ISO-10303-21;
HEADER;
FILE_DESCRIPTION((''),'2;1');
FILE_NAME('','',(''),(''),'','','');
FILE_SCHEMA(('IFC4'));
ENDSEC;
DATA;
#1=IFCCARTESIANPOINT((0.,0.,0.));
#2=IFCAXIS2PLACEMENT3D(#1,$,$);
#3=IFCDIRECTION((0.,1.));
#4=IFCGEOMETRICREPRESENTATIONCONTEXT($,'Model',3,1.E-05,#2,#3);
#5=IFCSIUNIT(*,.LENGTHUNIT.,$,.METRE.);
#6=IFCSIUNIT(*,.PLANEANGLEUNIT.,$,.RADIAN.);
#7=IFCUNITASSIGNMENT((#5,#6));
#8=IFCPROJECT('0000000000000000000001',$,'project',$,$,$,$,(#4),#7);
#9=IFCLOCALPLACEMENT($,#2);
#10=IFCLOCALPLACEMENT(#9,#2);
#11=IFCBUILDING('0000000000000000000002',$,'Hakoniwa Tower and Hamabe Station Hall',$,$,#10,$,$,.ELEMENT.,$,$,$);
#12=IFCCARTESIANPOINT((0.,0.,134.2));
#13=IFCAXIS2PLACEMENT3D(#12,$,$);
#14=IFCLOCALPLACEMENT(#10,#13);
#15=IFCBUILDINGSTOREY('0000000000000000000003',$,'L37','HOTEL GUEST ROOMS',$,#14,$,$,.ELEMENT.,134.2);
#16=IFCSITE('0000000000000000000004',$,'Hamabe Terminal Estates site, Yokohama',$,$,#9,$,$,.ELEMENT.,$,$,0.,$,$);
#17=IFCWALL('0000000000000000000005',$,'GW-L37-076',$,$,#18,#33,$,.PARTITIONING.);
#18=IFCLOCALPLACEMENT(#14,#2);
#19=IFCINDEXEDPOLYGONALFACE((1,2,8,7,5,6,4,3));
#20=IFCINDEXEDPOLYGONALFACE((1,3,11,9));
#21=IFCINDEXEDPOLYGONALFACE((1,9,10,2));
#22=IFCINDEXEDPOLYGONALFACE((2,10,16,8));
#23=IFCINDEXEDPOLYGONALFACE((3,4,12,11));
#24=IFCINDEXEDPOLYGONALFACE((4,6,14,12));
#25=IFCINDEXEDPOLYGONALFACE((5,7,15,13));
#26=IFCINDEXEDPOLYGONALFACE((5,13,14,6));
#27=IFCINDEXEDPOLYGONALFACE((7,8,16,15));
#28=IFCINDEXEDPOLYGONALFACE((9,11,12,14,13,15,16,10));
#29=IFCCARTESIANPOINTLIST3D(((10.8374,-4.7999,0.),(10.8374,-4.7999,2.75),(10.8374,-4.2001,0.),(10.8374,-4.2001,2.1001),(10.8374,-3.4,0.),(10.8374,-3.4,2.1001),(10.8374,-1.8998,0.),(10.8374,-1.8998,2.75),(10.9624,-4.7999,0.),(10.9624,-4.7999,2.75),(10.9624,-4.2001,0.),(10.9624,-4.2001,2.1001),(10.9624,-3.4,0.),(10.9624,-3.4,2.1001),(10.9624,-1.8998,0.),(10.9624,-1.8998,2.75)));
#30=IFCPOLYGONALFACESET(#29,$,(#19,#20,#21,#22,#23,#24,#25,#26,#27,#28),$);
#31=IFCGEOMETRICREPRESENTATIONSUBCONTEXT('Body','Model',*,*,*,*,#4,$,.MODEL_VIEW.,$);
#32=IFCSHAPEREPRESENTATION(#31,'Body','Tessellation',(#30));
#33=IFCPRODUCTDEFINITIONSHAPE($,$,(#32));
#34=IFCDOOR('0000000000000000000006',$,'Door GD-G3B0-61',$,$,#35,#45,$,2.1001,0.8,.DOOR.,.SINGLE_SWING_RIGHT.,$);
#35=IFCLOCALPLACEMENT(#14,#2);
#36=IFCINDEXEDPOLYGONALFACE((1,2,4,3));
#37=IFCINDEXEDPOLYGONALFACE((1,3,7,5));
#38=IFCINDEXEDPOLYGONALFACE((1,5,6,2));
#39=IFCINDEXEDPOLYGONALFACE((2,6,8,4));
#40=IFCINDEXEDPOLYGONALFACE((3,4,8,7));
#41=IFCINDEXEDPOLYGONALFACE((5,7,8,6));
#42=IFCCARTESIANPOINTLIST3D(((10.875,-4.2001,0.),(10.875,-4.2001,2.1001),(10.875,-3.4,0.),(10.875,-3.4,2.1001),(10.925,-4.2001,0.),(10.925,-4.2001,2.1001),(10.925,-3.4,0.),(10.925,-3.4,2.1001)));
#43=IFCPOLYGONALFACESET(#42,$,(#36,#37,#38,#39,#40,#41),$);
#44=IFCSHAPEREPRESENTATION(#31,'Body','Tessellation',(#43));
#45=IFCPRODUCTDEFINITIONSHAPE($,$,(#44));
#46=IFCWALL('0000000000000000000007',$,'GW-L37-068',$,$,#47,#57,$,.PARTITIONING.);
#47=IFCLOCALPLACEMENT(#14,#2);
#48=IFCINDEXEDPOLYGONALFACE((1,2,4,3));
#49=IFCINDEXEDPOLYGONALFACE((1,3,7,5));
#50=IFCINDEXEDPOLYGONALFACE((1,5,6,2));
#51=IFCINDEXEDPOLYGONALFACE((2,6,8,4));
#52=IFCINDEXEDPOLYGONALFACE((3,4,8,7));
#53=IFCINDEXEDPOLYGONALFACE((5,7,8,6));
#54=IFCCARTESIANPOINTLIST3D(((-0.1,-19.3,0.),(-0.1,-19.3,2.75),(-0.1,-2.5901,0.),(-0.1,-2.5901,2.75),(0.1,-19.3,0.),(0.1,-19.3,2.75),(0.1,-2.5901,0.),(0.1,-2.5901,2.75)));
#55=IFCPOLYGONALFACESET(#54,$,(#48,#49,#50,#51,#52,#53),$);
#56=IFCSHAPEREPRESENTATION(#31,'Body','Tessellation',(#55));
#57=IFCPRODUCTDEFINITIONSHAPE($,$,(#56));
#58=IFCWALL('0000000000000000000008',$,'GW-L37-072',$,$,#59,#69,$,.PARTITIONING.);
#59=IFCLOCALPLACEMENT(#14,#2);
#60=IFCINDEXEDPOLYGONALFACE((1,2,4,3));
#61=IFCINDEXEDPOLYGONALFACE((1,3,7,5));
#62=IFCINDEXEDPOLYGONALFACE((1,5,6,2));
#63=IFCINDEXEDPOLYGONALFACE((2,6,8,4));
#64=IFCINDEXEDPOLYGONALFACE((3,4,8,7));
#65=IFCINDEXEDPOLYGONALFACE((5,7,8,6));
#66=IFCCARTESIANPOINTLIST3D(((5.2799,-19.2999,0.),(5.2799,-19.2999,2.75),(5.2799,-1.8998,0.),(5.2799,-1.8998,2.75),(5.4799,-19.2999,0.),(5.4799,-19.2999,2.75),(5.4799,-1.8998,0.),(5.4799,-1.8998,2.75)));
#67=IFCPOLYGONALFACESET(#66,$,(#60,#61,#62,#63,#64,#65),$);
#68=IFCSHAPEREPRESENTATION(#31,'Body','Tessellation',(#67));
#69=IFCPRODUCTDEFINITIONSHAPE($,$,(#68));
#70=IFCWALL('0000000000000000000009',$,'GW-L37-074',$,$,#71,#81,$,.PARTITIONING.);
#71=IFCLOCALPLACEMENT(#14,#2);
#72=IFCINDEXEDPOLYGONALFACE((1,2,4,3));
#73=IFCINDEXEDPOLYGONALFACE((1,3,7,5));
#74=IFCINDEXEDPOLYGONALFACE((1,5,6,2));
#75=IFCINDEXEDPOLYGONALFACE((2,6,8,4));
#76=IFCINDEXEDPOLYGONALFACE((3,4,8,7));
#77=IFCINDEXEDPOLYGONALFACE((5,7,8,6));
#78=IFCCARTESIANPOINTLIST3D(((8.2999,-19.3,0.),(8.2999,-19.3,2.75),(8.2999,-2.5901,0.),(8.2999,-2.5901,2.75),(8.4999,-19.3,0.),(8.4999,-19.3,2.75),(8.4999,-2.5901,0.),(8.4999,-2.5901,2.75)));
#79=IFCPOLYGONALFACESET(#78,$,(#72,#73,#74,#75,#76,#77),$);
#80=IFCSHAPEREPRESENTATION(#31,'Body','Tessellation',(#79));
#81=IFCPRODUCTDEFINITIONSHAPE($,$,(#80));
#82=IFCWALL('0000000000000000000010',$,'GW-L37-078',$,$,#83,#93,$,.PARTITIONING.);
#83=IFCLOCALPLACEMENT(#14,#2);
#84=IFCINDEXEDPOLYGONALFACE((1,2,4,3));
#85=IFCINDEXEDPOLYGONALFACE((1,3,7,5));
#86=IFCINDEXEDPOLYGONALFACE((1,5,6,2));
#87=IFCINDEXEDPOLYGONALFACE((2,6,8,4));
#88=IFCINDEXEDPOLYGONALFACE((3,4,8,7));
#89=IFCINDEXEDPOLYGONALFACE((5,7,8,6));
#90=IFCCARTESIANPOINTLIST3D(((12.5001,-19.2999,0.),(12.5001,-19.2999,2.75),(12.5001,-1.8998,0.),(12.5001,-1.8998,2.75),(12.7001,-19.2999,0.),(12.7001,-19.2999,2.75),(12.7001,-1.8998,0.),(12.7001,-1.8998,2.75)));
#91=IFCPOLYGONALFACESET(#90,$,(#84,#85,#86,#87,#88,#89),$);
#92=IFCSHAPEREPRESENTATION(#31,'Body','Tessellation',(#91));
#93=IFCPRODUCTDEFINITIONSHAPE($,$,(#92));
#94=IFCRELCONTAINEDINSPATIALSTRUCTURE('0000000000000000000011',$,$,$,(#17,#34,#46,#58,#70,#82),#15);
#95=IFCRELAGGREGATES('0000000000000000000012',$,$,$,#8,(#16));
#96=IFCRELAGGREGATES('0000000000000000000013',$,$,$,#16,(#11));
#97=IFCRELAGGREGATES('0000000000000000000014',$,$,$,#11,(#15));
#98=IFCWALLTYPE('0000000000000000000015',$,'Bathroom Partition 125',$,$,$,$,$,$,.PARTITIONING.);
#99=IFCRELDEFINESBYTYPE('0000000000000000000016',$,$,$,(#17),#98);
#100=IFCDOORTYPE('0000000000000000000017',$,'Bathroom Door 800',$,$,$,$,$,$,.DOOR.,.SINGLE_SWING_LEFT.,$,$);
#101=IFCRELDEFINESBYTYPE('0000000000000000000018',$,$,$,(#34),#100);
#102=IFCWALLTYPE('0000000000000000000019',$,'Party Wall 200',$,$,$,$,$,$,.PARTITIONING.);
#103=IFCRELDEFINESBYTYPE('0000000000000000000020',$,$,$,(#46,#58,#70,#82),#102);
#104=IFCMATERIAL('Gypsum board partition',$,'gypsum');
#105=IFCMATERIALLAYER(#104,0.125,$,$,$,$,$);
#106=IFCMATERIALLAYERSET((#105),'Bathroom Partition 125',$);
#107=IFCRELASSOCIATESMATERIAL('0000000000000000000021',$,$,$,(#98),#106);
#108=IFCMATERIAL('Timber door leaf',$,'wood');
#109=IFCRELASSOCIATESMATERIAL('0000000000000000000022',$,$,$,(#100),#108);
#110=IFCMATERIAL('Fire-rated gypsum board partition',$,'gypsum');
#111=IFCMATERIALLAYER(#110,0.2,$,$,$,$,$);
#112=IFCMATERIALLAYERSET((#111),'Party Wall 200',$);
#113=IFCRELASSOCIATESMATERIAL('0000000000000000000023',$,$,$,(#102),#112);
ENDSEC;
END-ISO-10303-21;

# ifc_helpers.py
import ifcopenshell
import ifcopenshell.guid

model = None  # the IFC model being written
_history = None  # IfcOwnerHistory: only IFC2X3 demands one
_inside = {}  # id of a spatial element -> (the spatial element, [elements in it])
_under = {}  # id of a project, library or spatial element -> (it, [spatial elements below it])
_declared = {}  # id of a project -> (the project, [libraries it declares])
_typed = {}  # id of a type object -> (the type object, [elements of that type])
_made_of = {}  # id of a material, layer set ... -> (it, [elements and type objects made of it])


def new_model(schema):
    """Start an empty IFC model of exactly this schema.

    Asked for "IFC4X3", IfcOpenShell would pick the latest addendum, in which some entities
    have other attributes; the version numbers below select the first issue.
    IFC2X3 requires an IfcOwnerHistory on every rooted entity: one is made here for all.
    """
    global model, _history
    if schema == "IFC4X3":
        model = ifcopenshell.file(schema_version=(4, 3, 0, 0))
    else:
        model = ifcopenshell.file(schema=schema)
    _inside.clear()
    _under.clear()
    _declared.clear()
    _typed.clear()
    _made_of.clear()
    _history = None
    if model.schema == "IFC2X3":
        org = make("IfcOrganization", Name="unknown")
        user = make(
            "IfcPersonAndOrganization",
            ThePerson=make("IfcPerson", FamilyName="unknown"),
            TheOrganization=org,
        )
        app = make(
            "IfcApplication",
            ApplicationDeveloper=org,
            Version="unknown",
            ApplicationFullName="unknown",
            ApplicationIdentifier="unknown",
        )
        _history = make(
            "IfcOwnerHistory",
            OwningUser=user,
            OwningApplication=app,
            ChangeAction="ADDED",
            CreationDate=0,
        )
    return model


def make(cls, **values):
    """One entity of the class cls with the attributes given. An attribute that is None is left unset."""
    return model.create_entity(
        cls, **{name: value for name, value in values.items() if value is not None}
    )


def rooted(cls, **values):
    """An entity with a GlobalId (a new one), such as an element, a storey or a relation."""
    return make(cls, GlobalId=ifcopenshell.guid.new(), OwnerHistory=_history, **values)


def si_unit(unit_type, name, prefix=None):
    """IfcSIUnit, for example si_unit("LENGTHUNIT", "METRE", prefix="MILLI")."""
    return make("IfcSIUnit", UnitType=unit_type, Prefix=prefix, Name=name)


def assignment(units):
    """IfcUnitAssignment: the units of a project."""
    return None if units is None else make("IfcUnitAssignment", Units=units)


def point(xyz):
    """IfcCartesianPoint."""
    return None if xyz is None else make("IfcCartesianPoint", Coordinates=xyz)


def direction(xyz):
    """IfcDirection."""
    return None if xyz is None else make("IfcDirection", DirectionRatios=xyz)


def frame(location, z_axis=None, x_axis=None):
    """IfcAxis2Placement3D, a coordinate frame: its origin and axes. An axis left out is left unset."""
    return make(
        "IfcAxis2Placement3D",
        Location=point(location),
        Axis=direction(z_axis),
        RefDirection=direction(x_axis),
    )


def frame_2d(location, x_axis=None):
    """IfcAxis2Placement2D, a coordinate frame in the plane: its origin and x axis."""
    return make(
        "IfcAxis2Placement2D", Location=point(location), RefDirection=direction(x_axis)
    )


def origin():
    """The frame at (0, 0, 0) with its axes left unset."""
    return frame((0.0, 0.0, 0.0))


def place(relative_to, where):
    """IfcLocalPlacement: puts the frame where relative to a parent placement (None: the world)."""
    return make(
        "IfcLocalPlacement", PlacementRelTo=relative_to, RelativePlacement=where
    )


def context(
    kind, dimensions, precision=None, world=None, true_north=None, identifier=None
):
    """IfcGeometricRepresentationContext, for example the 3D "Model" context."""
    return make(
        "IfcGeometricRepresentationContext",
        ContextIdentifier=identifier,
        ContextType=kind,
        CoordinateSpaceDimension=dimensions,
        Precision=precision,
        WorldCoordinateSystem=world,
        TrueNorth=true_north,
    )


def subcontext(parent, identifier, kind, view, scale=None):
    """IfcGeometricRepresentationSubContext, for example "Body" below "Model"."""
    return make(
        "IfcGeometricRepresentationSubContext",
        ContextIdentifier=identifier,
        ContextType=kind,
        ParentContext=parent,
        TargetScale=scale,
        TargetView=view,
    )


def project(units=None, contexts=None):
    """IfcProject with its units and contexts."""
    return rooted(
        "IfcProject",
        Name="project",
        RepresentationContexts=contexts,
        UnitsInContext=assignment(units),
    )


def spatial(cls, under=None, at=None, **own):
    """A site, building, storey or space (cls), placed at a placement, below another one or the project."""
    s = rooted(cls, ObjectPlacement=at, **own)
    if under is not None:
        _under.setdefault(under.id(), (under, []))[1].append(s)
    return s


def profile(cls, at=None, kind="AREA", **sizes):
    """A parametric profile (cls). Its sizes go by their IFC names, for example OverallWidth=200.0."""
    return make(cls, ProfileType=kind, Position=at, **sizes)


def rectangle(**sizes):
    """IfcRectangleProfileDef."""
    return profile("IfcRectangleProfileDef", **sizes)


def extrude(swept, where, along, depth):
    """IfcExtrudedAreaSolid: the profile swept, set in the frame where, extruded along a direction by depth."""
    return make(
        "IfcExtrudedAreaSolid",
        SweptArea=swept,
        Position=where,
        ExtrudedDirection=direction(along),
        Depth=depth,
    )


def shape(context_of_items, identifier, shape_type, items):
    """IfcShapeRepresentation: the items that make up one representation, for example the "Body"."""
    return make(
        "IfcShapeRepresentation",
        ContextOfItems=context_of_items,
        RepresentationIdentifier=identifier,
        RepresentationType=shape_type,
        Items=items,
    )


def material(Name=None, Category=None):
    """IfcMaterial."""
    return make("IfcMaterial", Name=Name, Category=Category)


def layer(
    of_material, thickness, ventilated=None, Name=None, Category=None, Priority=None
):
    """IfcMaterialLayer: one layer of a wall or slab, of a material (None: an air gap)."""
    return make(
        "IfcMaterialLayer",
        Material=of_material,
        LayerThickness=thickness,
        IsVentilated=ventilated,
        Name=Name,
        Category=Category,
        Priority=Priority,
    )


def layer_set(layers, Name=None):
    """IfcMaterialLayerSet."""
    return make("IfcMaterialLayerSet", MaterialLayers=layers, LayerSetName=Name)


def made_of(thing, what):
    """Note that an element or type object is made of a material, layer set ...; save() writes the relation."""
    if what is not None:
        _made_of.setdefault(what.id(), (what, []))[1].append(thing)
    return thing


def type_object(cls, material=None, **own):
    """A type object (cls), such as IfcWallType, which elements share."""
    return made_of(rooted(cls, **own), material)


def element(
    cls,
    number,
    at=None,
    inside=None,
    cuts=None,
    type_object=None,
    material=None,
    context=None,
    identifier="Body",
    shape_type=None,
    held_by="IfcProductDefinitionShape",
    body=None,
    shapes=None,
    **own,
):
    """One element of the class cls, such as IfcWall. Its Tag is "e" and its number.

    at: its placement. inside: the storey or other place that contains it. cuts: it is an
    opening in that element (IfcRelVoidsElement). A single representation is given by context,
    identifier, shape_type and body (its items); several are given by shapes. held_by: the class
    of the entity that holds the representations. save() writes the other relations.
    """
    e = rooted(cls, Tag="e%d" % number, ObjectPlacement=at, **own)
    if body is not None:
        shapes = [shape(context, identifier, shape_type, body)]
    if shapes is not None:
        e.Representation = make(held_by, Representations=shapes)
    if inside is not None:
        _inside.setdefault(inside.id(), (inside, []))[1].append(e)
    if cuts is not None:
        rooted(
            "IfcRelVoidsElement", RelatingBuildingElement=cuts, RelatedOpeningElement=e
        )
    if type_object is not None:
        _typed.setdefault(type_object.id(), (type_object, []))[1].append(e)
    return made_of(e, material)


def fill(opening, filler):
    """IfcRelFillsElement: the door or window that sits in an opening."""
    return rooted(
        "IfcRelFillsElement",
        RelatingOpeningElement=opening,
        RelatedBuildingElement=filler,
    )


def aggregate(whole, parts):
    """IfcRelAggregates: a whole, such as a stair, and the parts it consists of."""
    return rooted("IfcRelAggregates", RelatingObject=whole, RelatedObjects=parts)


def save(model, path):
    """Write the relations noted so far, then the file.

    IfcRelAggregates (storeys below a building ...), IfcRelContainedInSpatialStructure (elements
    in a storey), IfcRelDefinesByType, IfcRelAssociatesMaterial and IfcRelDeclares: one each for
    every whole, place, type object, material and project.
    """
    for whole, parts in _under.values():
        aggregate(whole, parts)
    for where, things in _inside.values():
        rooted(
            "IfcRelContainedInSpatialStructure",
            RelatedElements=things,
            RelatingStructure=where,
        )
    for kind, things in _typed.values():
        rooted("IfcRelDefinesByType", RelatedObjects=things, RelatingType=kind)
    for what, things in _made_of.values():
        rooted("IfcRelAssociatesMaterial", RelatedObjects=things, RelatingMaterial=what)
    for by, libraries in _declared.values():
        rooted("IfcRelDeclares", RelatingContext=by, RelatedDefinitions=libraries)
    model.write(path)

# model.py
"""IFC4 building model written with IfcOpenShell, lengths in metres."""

from ifc_helpers import new_model, si_unit, direction, frame, frame_2d, origin, place, context, subcontext, project, spatial, rectangle, extrude, material, layer, layer_set, type_object, element, fill, save


model = new_model("IFC4")

# Units and contexts
model_context = context("Model", 3, precision=1e-05, world=origin(), true_north=direction((0.0, 1.0)))
body_context = subcontext(model_context, "Body", "Model", "MODEL_VIEW")
ifc_project = project(units=[si_unit("LENGTHUNIT", "METRE"), si_unit("PLANEANGLEUNIT", "RADIAN")], contexts=[model_context])

# Site, building, storey
site_placement = place(None, origin())
site = spatial("IfcSite", under=ifc_project, at=site_placement, Name="Hamabe Terminal Estates site, Yokohama", CompositionType="ELEMENT", RefElevation=0.0)
building_placement = place(site_placement, origin())
building = spatial("IfcBuilding", under=site, at=building_placement, Name="Hakoniwa Tower and Hamabe Station Hall", CompositionType="ELEMENT")
storey_placement = place(building_placement, frame((0.0, 0.0, 134.2)))
storey = spatial("IfcBuildingStorey", under=building, at=storey_placement, Name="L37", Description="HOTEL GUEST ROOMS", CompositionType="ELEMENT", Elevation=134.2)

# Shared definitions
ifc_material_1 = material(Name="Gypsum board partition", Category="gypsum")
ifc_layer_1 = layer(ifc_material_1, 0.125)
ifc_layer_set_1 = layer_set([ifc_layer_1], Name="Bathroom Partition 125")
wall_type_1 = type_object("IfcWallType", Name="Bathroom Partition 125", PredefinedType="PARTITIONING", material=ifc_layer_set_1)

# Wall, opening, door
wall_1_placement = place(storey_placement, frame((10.8999, -4.8, 0.0), z_axis=(0.0, 0.0, 1.0), x_axis=(0.0, 1.0, 0.0)))
wall_1 = element("IfcWall", 1, at=wall_1_placement, inside=storey, type_object=wall_type_1, Name="GW-L37-076", PredefinedType="PARTITIONING", context=body_context, shape_type="SweptSolid", body=[
    extrude(rectangle(XDim=2.9001, YDim=0.125, at=frame_2d((1.4502, 0.0))), origin(), (0.0, 0.0, 1.0), 2.75),
])
opening_placement = place(wall_1_placement, frame((0.6001, 0.0, 0.0)))
opening = element("IfcOpeningElement", 2, at=opening_placement, cuts=wall_1, PredefinedType="OPENING", context=body_context, shape_type="SweptSolid", body=[
    extrude(rectangle(XDim=0.8, YDim=2.1001, at=frame_2d((0.3999, 1.05))), frame((0.0, 0.0725, 0.0), z_axis=(0.0, -1.0, 0.0), x_axis=(1.0, 0.0, 0.0)), (0.0, 0.0, 1.0), 0.145),
])
ifc_material_2 = material(Name="Timber door leaf", Category="wood")
door_type = type_object("IfcDoorType", Name="Bathroom Door 800", OperationType="SINGLE_SWING_LEFT", PredefinedType="DOOR", material=ifc_material_2)
door_placement = place(opening_placement, origin())
door = element("IfcDoor", 3, at=door_placement, inside=storey, type_object=door_type, Name="Door GD-G3B0-61", OperationType="SINGLE_SWING_RIGHT", OverallHeight=2.1001, OverallWidth=0.8, PredefinedType="DOOR", context=body_context, shape_type="SweptSolid", body=[
    extrude(rectangle(XDim=0.8, YDim=2.1001, at=frame_2d((0.3999, 1.05))), frame((0.0, 0.0249, 0.0), z_axis=(0.0, -1.0, 0.0), x_axis=(1.0, 0.0, 0.0)), (0.0, 0.0, 1.0), 0.05),
])
fill(opening, door)

# Walls
ifc_material_3 = material(Name="Fire-rated gypsum board partition", Category="gypsum")
ifc_layer_2 = layer(ifc_material_3, 0.2)
ifc_layer_set_2 = layer_set([ifc_layer_2], Name="Party Wall 200")
wall_type_2 = type_object("IfcWallType", Name="Party Wall 200", PredefinedType="PARTITIONING", material=ifc_layer_set_2)
wall_2_placement = place(storey_placement, frame((0.0, -19.3, 0.0), z_axis=(0.0, 0.0, 1.0), x_axis=(0.0, 1.0, 0.0)))
element("IfcWall", 4, at=wall_2_placement, inside=storey, type_object=wall_type_2, Name="GW-L37-068", PredefinedType="PARTITIONING", context=body_context, shape_type="SweptSolid", body=[
    extrude(rectangle(XDim=16.71, YDim=0.2, at=frame_2d((8.355, 0.0))), origin(), (0.0, 0.0, 1.0), 2.75),
])
wall_3_placement = place(storey_placement, frame((5.3799, -19.3, 0.0), z_axis=(0.0, 0.0, 1.0), x_axis=(0.0, 1.0, 0.0)))
element("IfcWall", 5, at=wall_3_placement, inside=storey, type_object=wall_type_2, Name="GW-L37-072", PredefinedType="PARTITIONING", context=body_context, shape_type="SweptSolid", body=[
    extrude(rectangle(XDim=17.4001, YDim=0.2, at=frame_2d((8.7002, 0.0))), origin(), (0.0, 0.0, 1.0), 2.75),
])
wall_4_placement = place(storey_placement, frame((8.3999, -19.3, 0.0), z_axis=(0.0, 0.0, 1.0), x_axis=(0.0, 1.0, 0.0)))
element("IfcWall", 6, at=wall_4_placement, inside=storey, type_object=wall_type_2, Name="GW-L37-074", PredefinedType="PARTITIONING", context=body_context, shape_type="SweptSolid", body=[
    extrude(rectangle(XDim=16.71, YDim=0.2, at=frame_2d((8.355, 0.0))), origin(), (0.0, 0.0, 1.0), 2.75),
])
wall_5_placement = place(storey_placement, frame((12.6001, -19.3, 0.0), z_axis=(0.0, 0.0, 1.0), x_axis=(0.0, 1.0, 0.0)))
element("IfcWall", 7, at=wall_5_placement, inside=storey, type_object=wall_type_2, Name="GW-L37-078", PredefinedType="PARTITIONING", context=body_context, shape_type="SweptSolid", body=[
    extrude(rectangle(XDim=17.4001, YDim=0.2, at=frame_2d((8.7002, 0.0))), origin(), (0.0, 0.0, 1.0), 2.75),
])

save(model, "model.ifc")
